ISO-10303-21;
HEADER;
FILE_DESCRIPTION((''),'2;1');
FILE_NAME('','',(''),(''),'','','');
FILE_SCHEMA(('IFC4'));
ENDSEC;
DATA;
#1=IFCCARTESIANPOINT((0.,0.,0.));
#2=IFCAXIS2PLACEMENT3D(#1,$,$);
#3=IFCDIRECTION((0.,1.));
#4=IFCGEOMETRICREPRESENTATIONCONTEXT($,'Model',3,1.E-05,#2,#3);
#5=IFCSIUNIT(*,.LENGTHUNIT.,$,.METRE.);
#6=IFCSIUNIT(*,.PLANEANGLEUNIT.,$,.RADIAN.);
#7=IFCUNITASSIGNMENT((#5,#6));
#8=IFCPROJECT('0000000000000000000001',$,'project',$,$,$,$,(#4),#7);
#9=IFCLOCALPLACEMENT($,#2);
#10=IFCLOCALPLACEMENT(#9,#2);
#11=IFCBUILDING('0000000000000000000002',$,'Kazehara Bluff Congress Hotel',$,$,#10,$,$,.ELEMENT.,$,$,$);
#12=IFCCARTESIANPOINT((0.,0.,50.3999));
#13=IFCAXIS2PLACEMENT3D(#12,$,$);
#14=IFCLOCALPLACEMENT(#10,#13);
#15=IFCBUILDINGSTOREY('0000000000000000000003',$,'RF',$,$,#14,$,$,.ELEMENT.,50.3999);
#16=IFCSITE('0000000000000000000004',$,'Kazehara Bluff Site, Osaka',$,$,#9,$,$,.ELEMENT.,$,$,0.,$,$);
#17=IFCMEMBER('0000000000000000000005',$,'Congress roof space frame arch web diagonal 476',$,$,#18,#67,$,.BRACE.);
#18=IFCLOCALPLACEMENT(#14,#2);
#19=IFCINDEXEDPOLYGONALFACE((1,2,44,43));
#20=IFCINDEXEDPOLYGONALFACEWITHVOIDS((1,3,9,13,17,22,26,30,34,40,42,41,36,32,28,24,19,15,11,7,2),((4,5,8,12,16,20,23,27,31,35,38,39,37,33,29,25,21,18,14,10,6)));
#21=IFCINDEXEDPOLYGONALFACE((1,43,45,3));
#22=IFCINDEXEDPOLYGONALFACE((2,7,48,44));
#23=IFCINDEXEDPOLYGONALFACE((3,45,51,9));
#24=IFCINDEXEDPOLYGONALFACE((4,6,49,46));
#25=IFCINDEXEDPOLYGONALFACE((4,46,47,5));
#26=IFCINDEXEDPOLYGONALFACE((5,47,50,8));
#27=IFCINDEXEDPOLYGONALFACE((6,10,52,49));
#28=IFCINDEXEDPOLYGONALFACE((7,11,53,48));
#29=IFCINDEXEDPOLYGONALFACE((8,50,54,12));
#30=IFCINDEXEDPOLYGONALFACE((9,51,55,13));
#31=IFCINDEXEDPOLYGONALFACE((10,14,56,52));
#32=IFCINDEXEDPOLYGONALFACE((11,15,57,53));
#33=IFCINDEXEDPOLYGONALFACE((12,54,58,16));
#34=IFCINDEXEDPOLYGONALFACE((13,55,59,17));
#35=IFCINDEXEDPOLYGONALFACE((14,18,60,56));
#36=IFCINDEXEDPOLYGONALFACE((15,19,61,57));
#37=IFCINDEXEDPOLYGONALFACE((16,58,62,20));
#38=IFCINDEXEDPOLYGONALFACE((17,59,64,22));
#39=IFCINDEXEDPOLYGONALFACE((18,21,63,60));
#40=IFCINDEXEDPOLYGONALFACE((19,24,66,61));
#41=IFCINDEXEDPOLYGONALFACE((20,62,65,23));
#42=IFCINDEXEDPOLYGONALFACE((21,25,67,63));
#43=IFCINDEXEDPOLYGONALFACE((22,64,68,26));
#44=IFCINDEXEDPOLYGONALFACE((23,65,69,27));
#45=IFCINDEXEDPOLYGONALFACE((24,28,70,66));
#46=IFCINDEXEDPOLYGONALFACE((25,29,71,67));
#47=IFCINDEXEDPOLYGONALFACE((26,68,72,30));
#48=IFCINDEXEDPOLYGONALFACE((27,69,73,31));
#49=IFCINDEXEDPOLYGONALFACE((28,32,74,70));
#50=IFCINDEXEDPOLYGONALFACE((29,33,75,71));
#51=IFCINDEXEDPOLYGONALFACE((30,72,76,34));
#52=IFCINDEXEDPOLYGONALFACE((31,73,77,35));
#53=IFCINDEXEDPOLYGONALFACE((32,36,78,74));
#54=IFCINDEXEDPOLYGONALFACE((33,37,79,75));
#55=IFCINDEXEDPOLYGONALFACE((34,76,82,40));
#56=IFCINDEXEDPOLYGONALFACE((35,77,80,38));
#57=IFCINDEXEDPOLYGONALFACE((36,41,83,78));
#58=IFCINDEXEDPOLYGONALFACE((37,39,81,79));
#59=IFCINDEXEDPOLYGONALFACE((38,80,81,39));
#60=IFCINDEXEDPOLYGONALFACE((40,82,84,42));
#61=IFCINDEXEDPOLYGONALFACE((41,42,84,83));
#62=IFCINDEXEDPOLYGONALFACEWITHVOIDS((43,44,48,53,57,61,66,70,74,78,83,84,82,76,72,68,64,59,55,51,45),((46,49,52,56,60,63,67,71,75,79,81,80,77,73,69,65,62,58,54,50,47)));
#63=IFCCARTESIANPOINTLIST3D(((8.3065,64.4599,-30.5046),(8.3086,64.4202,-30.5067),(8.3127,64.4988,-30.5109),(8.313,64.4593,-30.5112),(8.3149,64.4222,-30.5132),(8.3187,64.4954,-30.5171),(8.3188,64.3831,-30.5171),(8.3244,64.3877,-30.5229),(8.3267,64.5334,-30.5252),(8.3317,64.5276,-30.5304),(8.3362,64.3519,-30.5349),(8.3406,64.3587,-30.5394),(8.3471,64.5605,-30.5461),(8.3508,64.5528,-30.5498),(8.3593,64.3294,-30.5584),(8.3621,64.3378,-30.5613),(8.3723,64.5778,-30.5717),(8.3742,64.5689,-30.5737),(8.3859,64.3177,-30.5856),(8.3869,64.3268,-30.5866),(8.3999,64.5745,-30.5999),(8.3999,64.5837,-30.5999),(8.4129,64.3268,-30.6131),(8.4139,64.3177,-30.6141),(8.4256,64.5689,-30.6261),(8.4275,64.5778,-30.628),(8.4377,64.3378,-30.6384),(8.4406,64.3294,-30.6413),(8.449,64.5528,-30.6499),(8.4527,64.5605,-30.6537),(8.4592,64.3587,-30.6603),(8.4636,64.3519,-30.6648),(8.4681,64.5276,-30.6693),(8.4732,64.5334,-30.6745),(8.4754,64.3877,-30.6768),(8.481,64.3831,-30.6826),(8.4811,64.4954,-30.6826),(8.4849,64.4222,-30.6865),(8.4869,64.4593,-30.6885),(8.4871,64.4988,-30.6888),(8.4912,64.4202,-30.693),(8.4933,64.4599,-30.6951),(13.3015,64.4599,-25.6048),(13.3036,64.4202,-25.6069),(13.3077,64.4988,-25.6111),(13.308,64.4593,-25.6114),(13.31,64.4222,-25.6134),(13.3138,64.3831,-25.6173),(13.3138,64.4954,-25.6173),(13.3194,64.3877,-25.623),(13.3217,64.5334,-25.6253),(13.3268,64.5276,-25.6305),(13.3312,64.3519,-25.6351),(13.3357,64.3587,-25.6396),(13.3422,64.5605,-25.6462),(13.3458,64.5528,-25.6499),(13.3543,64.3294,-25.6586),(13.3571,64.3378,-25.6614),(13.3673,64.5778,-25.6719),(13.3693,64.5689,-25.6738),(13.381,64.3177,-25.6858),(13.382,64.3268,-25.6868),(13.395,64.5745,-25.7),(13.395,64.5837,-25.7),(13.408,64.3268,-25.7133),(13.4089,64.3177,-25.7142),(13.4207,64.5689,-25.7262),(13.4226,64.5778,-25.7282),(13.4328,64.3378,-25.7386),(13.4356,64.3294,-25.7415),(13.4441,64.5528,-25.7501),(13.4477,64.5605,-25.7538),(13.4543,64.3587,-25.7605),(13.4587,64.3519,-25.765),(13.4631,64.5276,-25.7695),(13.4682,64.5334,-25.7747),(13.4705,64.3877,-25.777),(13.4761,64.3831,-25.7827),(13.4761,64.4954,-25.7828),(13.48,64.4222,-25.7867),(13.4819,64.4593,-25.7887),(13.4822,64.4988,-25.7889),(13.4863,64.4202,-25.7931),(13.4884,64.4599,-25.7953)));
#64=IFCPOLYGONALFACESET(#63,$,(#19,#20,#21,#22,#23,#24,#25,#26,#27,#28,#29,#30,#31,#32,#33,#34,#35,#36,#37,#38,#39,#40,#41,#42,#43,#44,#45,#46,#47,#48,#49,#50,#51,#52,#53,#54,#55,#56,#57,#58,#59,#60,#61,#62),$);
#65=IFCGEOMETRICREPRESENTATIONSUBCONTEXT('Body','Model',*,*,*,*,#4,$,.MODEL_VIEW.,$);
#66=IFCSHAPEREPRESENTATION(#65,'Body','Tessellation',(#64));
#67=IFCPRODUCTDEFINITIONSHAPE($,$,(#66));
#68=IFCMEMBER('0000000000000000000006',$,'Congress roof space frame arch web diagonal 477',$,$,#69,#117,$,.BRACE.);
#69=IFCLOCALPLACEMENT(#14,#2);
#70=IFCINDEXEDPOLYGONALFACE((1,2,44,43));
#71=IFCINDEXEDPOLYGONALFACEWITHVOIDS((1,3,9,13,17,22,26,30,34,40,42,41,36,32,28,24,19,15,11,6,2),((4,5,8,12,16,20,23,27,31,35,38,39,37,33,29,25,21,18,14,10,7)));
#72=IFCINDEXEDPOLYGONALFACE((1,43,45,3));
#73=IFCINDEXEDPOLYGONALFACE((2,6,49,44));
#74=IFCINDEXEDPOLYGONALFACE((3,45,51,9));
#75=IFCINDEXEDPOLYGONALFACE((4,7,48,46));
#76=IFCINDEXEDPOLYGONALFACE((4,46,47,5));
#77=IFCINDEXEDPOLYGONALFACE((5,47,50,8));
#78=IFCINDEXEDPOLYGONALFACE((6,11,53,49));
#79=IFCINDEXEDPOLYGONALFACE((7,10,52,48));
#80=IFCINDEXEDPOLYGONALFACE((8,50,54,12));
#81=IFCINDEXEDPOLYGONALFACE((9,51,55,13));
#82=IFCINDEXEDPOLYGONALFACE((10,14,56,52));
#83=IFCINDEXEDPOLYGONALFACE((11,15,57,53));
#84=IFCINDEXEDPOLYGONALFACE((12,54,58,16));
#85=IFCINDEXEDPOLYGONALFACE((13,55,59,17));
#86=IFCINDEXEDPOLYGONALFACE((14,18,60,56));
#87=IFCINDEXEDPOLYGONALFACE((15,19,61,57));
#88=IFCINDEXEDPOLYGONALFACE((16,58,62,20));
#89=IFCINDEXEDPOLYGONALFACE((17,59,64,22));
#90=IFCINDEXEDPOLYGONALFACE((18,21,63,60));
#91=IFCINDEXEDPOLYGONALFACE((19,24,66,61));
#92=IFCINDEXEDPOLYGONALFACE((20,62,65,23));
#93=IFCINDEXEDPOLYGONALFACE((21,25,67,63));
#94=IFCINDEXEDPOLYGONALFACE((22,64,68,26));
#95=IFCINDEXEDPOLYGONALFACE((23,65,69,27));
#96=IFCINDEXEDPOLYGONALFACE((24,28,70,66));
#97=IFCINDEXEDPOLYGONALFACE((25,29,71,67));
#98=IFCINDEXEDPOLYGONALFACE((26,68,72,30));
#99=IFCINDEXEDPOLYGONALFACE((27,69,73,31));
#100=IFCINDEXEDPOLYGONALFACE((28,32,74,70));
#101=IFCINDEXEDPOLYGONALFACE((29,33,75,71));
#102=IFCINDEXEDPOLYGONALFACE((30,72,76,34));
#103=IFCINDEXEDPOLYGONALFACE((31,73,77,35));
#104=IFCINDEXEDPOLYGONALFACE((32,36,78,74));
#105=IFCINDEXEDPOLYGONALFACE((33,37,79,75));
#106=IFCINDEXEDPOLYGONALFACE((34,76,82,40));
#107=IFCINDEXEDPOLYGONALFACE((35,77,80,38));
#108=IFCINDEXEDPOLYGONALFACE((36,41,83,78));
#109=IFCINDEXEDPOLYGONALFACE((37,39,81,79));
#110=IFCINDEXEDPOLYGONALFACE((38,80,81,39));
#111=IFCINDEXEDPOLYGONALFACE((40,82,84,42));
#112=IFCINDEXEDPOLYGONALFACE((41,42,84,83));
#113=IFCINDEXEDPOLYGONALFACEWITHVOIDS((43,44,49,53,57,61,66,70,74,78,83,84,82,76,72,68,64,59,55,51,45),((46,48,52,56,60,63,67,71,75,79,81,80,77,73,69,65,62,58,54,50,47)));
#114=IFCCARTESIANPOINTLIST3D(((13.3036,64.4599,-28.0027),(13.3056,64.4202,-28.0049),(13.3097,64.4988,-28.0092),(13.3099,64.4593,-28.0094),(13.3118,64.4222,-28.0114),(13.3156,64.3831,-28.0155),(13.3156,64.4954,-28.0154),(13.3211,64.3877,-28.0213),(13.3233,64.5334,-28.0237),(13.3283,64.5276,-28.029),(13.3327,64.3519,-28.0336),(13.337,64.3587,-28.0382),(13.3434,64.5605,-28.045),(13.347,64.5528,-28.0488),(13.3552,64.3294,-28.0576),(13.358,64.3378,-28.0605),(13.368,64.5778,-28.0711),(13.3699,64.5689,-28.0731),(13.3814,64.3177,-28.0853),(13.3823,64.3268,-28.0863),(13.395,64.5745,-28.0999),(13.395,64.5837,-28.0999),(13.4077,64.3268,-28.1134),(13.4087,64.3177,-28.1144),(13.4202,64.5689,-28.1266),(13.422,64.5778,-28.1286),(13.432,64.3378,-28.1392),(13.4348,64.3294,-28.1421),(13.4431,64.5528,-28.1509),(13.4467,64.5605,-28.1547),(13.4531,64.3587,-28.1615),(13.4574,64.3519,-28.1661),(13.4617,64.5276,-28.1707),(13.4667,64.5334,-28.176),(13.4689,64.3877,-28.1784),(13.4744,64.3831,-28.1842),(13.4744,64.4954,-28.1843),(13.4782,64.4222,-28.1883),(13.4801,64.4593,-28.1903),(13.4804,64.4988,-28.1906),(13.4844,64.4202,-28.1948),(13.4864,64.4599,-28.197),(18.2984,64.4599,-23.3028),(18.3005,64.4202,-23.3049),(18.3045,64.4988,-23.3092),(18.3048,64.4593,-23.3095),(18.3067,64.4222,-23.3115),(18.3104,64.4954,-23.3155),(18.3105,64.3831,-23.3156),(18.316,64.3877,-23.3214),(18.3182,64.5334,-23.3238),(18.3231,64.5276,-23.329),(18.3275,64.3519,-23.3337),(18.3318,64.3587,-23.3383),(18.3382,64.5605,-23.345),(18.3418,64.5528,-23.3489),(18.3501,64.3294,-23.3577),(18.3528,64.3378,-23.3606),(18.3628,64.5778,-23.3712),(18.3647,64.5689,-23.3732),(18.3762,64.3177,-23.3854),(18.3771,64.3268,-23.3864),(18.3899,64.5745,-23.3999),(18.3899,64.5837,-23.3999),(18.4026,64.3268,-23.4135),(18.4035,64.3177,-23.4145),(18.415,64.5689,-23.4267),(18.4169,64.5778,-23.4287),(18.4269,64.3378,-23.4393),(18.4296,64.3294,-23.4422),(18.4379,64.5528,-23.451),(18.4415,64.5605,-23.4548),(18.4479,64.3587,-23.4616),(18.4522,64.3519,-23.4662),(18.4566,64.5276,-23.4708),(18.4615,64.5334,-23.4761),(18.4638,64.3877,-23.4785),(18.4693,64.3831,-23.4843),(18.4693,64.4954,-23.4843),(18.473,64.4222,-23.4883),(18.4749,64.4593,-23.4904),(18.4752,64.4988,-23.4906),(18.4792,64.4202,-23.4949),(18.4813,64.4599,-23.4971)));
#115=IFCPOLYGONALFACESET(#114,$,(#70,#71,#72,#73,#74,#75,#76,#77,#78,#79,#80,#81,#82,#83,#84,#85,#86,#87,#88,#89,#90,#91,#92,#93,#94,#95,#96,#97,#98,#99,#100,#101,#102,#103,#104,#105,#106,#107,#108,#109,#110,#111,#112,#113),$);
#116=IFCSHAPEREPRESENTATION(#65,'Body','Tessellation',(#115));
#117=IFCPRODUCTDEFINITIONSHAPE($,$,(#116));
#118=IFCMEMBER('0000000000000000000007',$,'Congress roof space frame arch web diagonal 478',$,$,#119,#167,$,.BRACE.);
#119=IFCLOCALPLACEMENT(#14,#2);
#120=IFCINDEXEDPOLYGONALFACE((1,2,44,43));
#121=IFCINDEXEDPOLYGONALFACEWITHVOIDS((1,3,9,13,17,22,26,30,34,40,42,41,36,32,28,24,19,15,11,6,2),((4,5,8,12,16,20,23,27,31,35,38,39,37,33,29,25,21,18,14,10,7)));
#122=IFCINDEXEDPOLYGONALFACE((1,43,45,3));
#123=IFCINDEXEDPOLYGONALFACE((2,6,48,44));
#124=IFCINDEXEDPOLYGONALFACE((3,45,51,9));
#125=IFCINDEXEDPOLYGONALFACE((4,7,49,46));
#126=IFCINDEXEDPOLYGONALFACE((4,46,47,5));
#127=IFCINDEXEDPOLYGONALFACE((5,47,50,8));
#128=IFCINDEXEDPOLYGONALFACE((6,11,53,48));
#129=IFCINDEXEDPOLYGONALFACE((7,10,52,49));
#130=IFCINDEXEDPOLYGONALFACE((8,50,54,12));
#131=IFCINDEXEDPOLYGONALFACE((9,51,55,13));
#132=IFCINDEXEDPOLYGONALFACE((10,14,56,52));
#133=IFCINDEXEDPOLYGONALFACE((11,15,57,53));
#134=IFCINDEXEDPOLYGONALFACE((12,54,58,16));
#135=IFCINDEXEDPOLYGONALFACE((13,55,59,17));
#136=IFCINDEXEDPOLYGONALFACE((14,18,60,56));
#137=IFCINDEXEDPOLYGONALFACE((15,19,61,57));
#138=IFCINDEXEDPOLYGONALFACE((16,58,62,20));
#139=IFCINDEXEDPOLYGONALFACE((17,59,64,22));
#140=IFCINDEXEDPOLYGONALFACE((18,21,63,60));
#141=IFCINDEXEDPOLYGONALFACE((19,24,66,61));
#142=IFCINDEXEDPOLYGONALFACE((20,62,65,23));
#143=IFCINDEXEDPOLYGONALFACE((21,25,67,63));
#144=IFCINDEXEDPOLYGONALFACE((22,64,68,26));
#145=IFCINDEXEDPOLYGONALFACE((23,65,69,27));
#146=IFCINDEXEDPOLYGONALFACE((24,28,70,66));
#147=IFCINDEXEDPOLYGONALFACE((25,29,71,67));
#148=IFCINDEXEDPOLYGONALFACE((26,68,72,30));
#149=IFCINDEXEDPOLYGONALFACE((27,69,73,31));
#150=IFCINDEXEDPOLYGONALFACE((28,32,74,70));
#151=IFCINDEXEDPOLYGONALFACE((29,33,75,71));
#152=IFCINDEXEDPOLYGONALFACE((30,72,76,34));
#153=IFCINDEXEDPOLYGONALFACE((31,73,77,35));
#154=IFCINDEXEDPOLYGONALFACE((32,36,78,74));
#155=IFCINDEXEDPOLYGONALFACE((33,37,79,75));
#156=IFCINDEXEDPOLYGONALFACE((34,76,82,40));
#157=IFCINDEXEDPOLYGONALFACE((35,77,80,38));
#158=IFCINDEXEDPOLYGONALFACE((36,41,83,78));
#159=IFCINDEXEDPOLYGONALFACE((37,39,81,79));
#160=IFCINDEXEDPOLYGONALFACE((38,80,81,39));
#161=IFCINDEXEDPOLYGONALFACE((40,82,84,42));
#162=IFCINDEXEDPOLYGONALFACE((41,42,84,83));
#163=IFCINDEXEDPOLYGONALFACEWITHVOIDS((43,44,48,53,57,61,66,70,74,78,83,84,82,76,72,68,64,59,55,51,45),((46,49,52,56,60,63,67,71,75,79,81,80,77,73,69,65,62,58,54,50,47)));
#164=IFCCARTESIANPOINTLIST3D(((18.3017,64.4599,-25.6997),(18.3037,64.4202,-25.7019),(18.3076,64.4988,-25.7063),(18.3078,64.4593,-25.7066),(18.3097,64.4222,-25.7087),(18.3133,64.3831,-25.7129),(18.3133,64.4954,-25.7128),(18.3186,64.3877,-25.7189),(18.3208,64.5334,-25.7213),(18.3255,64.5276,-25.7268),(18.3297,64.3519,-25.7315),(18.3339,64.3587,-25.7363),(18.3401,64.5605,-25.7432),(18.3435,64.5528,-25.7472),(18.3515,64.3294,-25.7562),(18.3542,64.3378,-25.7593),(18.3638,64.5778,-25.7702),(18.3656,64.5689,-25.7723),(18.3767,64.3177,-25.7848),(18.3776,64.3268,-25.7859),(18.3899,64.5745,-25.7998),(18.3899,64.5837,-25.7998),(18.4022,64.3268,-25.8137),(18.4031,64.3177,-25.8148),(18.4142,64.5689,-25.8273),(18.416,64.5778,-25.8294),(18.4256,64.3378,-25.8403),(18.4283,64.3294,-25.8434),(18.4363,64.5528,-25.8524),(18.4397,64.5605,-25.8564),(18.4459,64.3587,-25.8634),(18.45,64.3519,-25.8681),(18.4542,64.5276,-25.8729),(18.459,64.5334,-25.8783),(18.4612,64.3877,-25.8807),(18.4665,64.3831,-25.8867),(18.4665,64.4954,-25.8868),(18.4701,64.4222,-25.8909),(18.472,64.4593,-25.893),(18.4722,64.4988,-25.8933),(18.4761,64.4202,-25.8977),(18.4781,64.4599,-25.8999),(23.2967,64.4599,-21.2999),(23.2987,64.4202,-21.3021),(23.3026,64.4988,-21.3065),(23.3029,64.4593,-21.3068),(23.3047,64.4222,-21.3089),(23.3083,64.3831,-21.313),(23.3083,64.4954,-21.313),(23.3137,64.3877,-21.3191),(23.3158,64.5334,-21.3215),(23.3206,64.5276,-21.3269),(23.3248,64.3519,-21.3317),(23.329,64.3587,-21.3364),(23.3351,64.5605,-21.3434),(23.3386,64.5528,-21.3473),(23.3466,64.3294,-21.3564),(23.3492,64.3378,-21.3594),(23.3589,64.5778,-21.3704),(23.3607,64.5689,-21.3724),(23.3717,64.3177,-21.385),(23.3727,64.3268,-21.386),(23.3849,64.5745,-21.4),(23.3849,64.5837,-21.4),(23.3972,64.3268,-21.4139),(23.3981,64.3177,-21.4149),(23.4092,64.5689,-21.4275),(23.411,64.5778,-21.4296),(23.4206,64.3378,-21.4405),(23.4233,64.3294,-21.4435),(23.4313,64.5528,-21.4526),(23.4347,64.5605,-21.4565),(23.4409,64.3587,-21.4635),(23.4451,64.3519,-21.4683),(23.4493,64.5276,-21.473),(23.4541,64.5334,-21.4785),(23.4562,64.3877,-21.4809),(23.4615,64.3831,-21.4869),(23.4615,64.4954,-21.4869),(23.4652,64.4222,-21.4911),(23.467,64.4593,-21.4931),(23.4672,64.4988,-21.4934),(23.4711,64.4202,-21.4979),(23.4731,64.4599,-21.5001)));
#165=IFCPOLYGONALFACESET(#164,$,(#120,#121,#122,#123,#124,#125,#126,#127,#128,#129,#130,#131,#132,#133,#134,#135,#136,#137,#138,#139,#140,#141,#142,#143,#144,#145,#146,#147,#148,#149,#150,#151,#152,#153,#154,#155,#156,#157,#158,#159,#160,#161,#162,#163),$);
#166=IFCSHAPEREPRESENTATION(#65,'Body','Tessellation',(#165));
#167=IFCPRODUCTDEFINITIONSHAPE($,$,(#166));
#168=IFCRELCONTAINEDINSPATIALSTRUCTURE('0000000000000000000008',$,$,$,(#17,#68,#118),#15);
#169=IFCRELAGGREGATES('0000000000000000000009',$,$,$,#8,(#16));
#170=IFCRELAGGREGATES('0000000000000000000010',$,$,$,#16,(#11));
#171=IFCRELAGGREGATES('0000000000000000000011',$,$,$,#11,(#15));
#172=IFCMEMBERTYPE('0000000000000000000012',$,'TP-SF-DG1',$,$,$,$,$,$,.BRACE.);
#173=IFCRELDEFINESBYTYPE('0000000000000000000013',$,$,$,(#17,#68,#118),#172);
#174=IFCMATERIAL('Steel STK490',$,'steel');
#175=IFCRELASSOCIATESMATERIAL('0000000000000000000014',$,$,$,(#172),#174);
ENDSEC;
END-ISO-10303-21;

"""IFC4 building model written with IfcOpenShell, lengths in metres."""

from ifc_helpers import new_model, si_unit, direction, frame, origin, origin_2d, place, context, subcontext, project, spatial, hollow_circle, extrude, material, material_profile, profile_set, type_object, element, save


model = new_model("IFC4")

# Units and contexts
model_context = context("Model", 3, precision=1e-05, world=origin(), true_north=direction((0.0, 1.0)))
body_context = subcontext(model_context, "Body", "Model", "MODEL_VIEW")
ifc_project = project(units=[si_unit("LENGTHUNIT", "METRE"), si_unit("PLANEANGLEUNIT", "RADIAN")], contexts=[model_context])

# Site, building, storey
site_placement = place(None, origin())
site = spatial("IfcSite", under=ifc_project, at=site_placement, Name="Kazehara Bluff Site, Osaka", CompositionType="ELEMENT", RefElevation=0.0)
building_placement = place(site_placement, origin())
building = spatial("IfcBuilding", under=site, at=building_placement, Name="Kazehara Bluff Congress Hotel", CompositionType="ELEMENT")
storey_placement = place(building_placement, frame((0.0, 0.0, 50.3999)))
storey = spatial("IfcBuildingStorey", under=building, at=storey_placement, Name="RF", CompositionType="ELEMENT", Elevation=50.3999)

# Members
ifc_material_1 = material(Name="Steel STK490", Category="steel")
ifc_material_profile_1 = material_profile(ifc_material_1, hollow_circle(Radius=0.1338, WallThickness=0.0093, at=origin_2d()))
ifc_profile_set_1 = profile_set([ifc_material_profile_1], Name="Steel STK490")
member_type_1 = type_object("IfcMemberType", Name="TP-SF-DG1", PredefinedType="BRACE", material=ifc_profile_set_1)
member_1_placement = place(storey_placement, frame((8.3999, 64.45, -30.5999), z_axis=(0.713878, 0.0, 0.70027), x_axis=(0.0, 1.0, 0.0)))
element("IfcMember", 1, at=member_1_placement, inside=storey, type_object=member_type_1, Name="Congress roof space frame arch web diagonal 476", PredefinedType="BRACE", context=body_context, shape_type="SweptSolid", body=[
    extrude(hollow_circle(Radius=0.1338, WallThickness=0.0093, at=origin_2d()), origin(), (0.0, 0.0, 1.0), 6.9971),
])
member_2_placement = place(storey_placement, frame((13.395, 64.45, -28.0999), z_axis=(0.72828, 0.0, 0.685279), x_axis=(0.0, 1.0, 0.0)))
element("IfcMember", 2, at=member_2_placement, inside=storey, type_object=member_type_1, Name="Congress roof space frame arch web diagonal 477", PredefinedType="BRACE", context=body_context, shape_type="SweptSolid", body=[
    extrude(hollow_circle(Radius=0.1338, WallThickness=0.0093, at=origin_2d()), origin(), (0.0, 0.0, 1.0), 6.8584),
])
member_3_placement = place(storey_placement, frame((18.3899, 64.45, -25.7998), z_axis=(0.750401, 0.0, 0.660983), x_axis=(0.0, 1.0, 0.0)))
element("IfcMember", 3, at=member_3_placement, inside=storey, type_object=member_type_1, Name="Congress roof space frame arch web diagonal 478", PredefinedType="BRACE", context=body_context, shape_type="SweptSolid", body=[
    extrude(hollow_circle(Radius=0.1338, WallThickness=0.0093, at=origin_2d()), origin(), (0.0, 0.0, 1.0), 6.6565),
])

save(model, "model.ifc")
